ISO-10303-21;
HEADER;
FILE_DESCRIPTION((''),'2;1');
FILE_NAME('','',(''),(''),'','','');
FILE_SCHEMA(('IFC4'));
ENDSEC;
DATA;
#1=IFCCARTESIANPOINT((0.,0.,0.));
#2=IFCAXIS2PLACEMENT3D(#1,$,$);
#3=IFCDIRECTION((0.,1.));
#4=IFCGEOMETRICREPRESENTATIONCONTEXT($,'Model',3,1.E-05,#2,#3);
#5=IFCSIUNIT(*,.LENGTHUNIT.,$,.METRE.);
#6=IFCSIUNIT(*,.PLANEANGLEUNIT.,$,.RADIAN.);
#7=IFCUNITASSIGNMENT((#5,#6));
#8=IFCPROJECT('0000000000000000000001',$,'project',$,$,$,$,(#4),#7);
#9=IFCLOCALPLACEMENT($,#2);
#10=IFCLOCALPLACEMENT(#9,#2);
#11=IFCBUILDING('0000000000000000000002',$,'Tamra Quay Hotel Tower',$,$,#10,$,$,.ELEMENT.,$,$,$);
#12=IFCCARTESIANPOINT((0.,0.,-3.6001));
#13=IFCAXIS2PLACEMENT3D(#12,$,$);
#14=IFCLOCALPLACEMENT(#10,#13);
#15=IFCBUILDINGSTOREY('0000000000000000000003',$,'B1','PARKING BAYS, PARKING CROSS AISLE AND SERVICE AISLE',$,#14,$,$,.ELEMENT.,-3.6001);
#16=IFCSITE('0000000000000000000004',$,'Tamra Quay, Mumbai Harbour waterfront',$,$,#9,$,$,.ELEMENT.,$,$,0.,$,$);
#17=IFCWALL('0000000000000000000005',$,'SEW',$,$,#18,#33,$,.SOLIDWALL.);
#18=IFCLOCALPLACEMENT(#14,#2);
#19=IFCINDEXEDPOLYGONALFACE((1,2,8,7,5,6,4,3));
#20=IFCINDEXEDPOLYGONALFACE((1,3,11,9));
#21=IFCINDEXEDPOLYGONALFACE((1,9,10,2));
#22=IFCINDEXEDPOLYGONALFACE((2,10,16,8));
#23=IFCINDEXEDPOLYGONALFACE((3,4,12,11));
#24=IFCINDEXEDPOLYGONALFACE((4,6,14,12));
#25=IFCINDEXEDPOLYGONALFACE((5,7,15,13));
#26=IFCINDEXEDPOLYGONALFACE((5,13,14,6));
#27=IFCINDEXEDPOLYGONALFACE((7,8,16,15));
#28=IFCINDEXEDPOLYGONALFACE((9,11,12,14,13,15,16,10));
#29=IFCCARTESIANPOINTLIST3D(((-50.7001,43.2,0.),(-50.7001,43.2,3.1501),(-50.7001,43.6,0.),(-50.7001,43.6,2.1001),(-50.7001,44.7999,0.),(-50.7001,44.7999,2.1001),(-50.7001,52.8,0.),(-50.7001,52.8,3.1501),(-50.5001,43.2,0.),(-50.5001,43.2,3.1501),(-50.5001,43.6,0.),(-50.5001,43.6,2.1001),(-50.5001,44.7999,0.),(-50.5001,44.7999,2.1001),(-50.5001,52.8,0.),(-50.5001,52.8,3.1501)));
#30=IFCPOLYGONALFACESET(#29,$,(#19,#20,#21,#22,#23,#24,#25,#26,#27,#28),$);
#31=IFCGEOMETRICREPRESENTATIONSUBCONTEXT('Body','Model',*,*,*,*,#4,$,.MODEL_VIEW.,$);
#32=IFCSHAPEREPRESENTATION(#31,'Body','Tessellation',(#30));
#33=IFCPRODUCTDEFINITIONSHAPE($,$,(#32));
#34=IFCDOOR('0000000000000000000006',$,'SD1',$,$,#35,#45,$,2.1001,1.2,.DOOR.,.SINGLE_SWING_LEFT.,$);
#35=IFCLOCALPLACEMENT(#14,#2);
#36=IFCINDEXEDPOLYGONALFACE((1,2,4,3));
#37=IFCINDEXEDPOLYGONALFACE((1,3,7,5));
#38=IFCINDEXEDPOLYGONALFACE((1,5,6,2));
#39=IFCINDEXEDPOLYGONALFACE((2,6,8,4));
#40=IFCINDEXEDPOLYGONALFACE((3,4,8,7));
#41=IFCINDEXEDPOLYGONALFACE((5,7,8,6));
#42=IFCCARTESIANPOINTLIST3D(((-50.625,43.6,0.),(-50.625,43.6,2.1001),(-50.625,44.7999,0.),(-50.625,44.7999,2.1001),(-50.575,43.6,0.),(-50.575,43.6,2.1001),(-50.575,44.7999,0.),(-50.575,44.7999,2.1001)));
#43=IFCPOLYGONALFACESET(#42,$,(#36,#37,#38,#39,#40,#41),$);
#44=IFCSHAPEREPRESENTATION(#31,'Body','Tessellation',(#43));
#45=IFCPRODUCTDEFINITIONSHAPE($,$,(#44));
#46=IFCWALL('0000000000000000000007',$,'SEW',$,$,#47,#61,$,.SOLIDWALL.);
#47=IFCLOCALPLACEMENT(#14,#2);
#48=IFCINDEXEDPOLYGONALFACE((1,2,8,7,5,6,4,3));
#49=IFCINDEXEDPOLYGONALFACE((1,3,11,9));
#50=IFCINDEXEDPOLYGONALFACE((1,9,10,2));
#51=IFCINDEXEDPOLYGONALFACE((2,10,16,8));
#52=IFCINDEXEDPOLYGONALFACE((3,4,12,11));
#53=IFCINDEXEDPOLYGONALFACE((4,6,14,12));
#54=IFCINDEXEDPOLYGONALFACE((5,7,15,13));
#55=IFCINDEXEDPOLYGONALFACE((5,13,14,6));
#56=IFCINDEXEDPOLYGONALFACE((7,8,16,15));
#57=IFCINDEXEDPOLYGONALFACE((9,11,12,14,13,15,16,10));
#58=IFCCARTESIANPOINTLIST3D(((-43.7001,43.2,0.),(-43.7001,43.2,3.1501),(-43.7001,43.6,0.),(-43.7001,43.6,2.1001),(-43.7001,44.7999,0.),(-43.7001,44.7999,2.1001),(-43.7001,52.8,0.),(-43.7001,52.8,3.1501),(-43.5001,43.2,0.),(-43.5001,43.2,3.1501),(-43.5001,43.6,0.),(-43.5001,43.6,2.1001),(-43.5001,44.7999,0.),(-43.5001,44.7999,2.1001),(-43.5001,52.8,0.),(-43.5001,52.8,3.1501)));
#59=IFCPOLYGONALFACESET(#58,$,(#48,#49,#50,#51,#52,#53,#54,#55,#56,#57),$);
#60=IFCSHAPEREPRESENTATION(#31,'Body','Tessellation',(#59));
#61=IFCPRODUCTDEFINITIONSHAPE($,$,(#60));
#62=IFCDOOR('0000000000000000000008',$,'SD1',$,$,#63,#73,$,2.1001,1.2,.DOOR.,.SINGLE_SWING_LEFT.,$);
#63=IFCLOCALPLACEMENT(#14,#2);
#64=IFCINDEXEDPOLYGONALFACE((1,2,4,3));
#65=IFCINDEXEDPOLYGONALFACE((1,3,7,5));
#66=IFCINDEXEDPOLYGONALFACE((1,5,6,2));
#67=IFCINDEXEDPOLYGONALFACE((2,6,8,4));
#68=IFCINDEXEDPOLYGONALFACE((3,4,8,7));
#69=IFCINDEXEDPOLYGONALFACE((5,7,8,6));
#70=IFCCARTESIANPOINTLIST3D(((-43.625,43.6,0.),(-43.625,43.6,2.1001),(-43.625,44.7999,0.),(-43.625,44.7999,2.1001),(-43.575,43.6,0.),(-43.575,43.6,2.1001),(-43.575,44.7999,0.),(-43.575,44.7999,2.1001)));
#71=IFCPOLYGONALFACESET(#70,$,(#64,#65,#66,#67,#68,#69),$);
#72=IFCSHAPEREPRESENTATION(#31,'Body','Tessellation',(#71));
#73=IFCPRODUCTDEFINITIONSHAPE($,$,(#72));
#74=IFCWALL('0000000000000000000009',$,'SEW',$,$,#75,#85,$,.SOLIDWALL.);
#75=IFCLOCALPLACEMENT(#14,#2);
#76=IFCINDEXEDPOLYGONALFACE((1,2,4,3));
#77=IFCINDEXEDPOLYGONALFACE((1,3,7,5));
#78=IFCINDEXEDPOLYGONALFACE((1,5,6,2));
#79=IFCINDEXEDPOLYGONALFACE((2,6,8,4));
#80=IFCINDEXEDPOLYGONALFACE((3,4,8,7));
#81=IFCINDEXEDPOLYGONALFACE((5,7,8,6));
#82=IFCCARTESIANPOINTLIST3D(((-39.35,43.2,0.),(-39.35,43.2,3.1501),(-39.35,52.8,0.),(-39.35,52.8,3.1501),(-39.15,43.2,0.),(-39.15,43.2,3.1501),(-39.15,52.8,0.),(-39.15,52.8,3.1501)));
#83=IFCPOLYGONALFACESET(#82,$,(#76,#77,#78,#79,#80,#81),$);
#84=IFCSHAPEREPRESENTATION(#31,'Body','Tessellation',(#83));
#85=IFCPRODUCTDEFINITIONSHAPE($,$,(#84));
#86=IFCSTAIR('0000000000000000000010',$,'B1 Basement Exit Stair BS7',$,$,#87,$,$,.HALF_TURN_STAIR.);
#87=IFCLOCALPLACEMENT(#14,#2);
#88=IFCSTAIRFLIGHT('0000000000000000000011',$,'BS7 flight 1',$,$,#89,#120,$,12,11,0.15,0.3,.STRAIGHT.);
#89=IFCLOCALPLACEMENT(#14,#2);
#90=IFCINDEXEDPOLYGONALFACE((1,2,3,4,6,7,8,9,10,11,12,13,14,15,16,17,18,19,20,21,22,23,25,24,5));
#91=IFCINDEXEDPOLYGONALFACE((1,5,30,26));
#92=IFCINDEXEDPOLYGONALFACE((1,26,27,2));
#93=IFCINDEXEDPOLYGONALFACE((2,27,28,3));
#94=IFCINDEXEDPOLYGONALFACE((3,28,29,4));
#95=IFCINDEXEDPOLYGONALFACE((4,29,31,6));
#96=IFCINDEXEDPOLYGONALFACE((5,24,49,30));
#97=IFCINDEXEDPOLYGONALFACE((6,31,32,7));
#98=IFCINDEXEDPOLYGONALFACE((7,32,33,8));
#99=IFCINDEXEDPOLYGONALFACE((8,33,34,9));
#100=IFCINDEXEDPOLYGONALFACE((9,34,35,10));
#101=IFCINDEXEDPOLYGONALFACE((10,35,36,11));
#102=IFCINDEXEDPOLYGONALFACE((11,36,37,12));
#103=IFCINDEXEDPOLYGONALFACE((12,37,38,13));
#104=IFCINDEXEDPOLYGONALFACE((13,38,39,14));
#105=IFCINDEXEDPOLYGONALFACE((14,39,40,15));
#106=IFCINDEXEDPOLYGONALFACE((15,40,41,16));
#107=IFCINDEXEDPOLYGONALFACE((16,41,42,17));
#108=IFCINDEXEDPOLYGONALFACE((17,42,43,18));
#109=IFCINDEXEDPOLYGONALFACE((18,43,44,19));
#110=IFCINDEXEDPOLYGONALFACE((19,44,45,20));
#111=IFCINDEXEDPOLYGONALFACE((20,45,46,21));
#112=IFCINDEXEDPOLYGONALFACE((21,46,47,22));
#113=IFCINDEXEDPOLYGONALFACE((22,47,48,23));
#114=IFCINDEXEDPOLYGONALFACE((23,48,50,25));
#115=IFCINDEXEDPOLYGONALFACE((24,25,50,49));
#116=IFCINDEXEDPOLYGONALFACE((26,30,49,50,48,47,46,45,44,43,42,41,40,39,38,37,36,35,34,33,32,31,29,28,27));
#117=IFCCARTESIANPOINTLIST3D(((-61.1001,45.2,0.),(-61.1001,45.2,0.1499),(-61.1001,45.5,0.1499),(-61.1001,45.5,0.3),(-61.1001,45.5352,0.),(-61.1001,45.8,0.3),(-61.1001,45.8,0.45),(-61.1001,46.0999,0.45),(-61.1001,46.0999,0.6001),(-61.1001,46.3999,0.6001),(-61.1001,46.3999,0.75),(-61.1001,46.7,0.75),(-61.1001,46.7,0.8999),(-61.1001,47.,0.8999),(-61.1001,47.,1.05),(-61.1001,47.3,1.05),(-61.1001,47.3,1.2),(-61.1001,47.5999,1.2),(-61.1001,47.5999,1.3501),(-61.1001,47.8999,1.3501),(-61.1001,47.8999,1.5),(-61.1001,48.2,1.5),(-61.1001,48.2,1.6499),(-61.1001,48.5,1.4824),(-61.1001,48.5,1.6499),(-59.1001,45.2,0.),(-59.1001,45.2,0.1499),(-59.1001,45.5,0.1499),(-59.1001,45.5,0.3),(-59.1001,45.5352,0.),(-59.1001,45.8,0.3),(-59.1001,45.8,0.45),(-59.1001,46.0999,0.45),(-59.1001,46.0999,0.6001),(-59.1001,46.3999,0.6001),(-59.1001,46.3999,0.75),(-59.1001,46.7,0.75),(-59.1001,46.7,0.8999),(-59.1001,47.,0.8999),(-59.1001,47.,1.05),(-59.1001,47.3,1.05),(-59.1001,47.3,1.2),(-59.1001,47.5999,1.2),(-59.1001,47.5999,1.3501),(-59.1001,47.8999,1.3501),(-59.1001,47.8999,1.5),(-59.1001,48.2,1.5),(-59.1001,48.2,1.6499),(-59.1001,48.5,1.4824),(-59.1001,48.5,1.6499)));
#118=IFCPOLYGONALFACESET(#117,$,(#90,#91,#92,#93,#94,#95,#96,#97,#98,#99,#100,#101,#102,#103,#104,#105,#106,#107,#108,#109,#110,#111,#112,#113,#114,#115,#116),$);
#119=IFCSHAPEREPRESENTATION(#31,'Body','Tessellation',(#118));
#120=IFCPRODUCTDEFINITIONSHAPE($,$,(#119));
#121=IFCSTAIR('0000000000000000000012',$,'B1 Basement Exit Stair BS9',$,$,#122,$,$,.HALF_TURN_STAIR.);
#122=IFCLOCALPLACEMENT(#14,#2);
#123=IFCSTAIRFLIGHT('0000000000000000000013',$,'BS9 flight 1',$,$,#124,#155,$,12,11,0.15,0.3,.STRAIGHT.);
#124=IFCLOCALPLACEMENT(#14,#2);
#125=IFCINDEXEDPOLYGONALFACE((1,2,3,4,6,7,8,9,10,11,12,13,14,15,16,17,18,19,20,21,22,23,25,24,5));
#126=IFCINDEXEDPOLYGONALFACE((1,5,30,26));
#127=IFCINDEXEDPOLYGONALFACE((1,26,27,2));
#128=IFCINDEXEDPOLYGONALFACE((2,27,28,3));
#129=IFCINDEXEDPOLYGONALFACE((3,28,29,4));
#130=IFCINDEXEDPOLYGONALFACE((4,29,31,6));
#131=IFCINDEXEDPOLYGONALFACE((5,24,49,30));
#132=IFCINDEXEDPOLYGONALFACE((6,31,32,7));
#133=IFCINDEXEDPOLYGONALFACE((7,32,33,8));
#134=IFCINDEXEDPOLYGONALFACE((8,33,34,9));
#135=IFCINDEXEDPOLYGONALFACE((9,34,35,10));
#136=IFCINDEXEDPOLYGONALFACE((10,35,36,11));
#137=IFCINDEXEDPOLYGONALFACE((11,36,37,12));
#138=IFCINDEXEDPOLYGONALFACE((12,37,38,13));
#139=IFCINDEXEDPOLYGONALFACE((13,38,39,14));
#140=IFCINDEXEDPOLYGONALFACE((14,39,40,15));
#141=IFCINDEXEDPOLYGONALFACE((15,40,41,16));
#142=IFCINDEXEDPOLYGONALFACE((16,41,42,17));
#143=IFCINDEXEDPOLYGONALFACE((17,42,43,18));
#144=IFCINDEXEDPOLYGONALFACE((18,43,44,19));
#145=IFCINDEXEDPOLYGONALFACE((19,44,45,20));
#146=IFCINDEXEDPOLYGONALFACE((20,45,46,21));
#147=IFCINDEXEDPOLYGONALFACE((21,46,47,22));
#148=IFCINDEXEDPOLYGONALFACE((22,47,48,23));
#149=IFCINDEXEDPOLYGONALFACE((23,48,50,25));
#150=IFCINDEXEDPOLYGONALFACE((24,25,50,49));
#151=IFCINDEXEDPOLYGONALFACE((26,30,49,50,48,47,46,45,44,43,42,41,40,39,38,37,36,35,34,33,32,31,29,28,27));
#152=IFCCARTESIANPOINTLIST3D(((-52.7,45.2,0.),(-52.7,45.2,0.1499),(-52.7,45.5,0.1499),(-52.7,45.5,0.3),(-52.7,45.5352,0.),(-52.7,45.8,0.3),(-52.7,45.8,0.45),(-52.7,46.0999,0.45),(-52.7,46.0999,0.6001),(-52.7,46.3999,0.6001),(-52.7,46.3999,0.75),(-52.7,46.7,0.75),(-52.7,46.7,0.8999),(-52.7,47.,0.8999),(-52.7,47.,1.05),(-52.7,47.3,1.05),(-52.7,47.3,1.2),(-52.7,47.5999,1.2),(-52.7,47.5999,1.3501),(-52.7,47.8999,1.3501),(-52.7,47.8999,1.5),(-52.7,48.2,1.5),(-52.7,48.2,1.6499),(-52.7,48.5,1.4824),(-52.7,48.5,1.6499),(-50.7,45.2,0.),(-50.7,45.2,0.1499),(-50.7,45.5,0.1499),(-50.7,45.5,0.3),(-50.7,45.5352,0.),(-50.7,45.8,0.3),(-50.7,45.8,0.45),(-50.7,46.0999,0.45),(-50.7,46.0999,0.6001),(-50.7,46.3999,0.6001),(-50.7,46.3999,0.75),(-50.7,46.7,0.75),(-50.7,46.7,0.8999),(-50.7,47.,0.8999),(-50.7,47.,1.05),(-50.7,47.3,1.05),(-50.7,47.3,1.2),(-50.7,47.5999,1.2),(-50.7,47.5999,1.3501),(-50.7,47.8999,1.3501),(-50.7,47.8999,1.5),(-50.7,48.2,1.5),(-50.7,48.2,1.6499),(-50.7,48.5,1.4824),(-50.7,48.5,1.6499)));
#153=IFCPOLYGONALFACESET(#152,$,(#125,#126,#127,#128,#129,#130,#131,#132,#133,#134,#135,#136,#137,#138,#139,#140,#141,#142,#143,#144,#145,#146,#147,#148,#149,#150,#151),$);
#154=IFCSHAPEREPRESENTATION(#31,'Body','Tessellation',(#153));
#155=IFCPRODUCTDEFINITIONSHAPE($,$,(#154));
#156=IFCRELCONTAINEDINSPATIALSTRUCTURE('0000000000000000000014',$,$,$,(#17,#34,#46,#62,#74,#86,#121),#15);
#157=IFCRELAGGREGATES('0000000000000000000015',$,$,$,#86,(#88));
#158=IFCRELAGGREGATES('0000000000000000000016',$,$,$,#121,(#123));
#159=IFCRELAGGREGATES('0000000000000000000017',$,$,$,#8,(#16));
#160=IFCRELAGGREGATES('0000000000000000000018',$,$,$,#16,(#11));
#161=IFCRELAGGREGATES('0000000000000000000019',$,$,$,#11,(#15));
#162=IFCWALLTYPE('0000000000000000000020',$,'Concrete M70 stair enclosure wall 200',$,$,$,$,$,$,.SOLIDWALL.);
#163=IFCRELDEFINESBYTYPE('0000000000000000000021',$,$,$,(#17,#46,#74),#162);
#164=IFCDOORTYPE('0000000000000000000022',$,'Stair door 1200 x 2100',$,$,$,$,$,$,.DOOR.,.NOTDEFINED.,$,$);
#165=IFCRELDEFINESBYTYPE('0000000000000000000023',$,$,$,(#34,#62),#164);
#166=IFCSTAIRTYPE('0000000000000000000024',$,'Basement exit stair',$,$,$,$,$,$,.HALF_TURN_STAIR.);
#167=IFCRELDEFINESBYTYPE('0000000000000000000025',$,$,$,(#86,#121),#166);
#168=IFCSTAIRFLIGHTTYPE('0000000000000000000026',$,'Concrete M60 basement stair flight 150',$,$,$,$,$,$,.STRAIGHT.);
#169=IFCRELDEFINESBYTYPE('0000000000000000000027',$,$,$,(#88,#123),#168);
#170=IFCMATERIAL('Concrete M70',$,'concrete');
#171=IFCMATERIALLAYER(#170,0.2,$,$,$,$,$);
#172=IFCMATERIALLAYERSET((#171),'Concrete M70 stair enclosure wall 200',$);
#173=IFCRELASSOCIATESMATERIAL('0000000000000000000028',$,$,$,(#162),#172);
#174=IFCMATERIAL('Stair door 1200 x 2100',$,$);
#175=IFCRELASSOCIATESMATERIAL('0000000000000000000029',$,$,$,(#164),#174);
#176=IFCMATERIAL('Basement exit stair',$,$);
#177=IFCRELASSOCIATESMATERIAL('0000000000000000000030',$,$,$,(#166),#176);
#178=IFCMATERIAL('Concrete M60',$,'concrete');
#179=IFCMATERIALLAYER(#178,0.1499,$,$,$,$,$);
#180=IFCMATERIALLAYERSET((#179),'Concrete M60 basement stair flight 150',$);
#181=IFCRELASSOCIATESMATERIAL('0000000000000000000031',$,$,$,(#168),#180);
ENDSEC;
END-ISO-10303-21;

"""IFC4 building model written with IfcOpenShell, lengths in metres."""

from ifc_helpers import new_model, si_unit, direction, frame, frame_2d, origin, place, context, subcontext, project, spatial, polyline, rectangle, outline, extrude, material, layer, layer_set, type_object, element, fill, aggregate, save


model = new_model("IFC4")

# Units and contexts
model_context = context("Model", 3, precision=1e-05, world=origin(), true_north=direction((0.0, 1.0)))
body_context = subcontext(model_context, "Body", "Model", "MODEL_VIEW")
ifc_project = project(units=[si_unit("LENGTHUNIT", "METRE"), si_unit("PLANEANGLEUNIT", "RADIAN")], contexts=[model_context])

# Site, building, storey
site_placement = place(None, origin())
site = spatial("IfcSite", under=ifc_project, at=site_placement, Name="Tamra Quay, Mumbai Harbour waterfront", CompositionType="ELEMENT", RefElevation=0.0)
building_placement = place(site_placement, origin())
building = spatial("IfcBuilding", under=site, at=building_placement, Name="Tamra Quay Hotel Tower", CompositionType="ELEMENT")
storey_placement = place(building_placement, frame((0.0, 0.0, -3.6001)))
storey = spatial("IfcBuildingStorey", under=building, at=storey_placement, Name="B1", Description="PARKING BAYS, PARKING CROSS AISLE AND SERVICE AISLE", CompositionType="ELEMENT", Elevation=-3.6001)

# Shared definitions
ifc_material_1 = material(Name="Concrete M70", Category="concrete")
ifc_layer_1 = layer(ifc_material_1, 0.2)
ifc_layer_set_1 = layer_set([ifc_layer_1], Name="Concrete M70 stair enclosure wall 200")
wall_type_1 = type_object("IfcWallType", Name="Concrete M70 stair enclosure wall 200", PredefinedType="SOLIDWALL", material=ifc_layer_set_1)
ifc_material_2 = material(Name="Stair door 1200 x 2100")
door_type = type_object("IfcDoorType", Name="Stair door 1200 x 2100", OperationType="NOTDEFINED", PredefinedType="DOOR", material=ifc_material_2)

# Walls, openings, doors
wall_1_placement = place(storey_placement, frame((-50.6001, 43.2, 0.0), z_axis=(0.0, 0.0, 1.0), x_axis=(0.0, 1.0, 0.0)))
wall_1 = element("IfcWall", 1, at=wall_1_placement, inside=storey, type_object=wall_type_1, Name="SEW", PredefinedType="SOLIDWALL", context=body_context, shape_type="SweptSolid", body=[
    extrude(rectangle(XDim=9.6001, YDim=0.2, at=frame_2d((4.8, 0.0))), origin(), (0.0, 0.0, 1.0), 3.1501),
])
opening_1_placement = place(wall_1_placement, frame((0.3999, 0.0, 0.0)))
opening_1 = element("IfcOpeningElement", 2, at=opening_1_placement, cuts=wall_1, PredefinedType="OPENING", context=body_context, shape_type="SweptSolid", body=[
    extrude(rectangle(XDim=1.2, YDim=2.1001, at=frame_2d((0.6001, 1.05))), frame((0.0, 0.1099, 0.0), z_axis=(0.0, -1.0, 0.0), x_axis=(1.0, 0.0, 0.0)), (0.0, 0.0, 1.0), 0.22),
])
door_1_placement = place(opening_1_placement, origin())
door_1 = element("IfcDoor", 3, at=door_1_placement, inside=storey, type_object=door_type, Name="SD1", OperationType="SINGLE_SWING_LEFT", OverallHeight=2.1001, OverallWidth=1.2, PredefinedType="DOOR", context=body_context, shape_type="SweptSolid", body=[
    extrude(rectangle(XDim=1.2, YDim=2.1001, at=frame_2d((0.6001, 1.05))), frame((0.0, 0.0249, 0.0), z_axis=(0.0, -1.0, 0.0), x_axis=(1.0, 0.0, 0.0)), (0.0, 0.0, 1.0), 0.05),
])
fill(opening_1, door_1)
wall_2_placement = place(storey_placement, frame((-43.6001, 43.2, 0.0), z_axis=(0.0, 0.0, 1.0), x_axis=(0.0, 1.0, 0.0)))
wall_2 = element("IfcWall", 4, at=wall_2_placement, inside=storey, type_object=wall_type_1, Name="SEW", PredefinedType="SOLIDWALL", context=body_context, shape_type="SweptSolid", body=[
    extrude(rectangle(XDim=9.6001, YDim=0.2, at=frame_2d((4.8, 0.0))), origin(), (0.0, 0.0, 1.0), 3.1501),
])
opening_2_placement = place(wall_2_placement, frame((0.3999, 0.0, 0.0)))
opening_2 = element("IfcOpeningElement", 5, at=opening_2_placement, cuts=wall_2, PredefinedType="OPENING", context=body_context, shape_type="SweptSolid", body=[
    extrude(rectangle(XDim=1.2, YDim=2.1001, at=frame_2d((0.6001, 1.05))), frame((0.0, 0.1099, 0.0), z_axis=(0.0, -1.0, 0.0), x_axis=(1.0, 0.0, 0.0)), (0.0, 0.0, 1.0), 0.22),
])
door_2_placement = place(opening_2_placement, origin())
door_2 = element("IfcDoor", 6, at=door_2_placement, inside=storey, type_object=door_type, Name="SD1", OperationType="SINGLE_SWING_LEFT", OverallHeight=2.1001, OverallWidth=1.2, PredefinedType="DOOR", context=body_context, shape_type="SweptSolid", body=[
    extrude(rectangle(XDim=1.2, YDim=2.1001, at=frame_2d((0.6001, 1.05))), frame((0.0, 0.0249, 0.0), z_axis=(0.0, -1.0, 0.0), x_axis=(1.0, 0.0, 0.0)), (0.0, 0.0, 1.0), 0.05),
])
fill(opening_2, door_2)

# Wall
wall_3_placement = place(storey_placement, frame((-39.25, 43.2, 0.0), z_axis=(0.0, 0.0, 1.0), x_axis=(0.0, 1.0, 0.0)))
element("IfcWall", 7, at=wall_3_placement, inside=storey, type_object=wall_type_1, Name="SEW", PredefinedType="SOLIDWALL", context=body_context, shape_type="SweptSolid", body=[
    extrude(rectangle(XDim=9.6001, YDim=0.2, at=frame_2d((4.8, 0.0))), origin(), (0.0, 0.0, 1.0), 3.1501),
])

# Stairs, stair flights
ifc_material_3 = material(Name="Basement exit stair")
stair_type = type_object("IfcStairType", Name="Basement exit stair", PredefinedType="HALF_TURN_STAIR", material=ifc_material_3)
stair_1_placement = place(storey_placement, origin())
stair_1 = element("IfcStair", 8, at=stair_1_placement, inside=storey, type_object=stair_type, Name="B1 Basement Exit Stair BS7", PredefinedType="HALF_TURN_STAIR")
ifc_material_4 = material(Name="Concrete M60", Category="concrete")
ifc_layer_2 = layer(ifc_material_4, 0.1499)
ifc_layer_set_2 = layer_set([ifc_layer_2], Name="Concrete M60 basement stair flight 150")
stair_flight_type = type_object("IfcStairFlightType", Name="Concrete M60 basement stair flight 150", PredefinedType="STRAIGHT", material=ifc_layer_set_2)
stair_flight_1_placement = place(storey_placement, frame((-60.1001, 45.2, 0.0), z_axis=(0.0, 0.0, 1.0), x_axis=(0.0, 1.0, 0.0)))
stair_flight_1 = element("IfcStairFlight", 9, at=stair_flight_1_placement, type_object=stair_flight_type, Name="BS7 flight 1", NumberOfRisers=12, NumberOfTreads=11, PredefinedType="STRAIGHT", RiserHeight=0.15, TreadLength=0.3, context=body_context, shape_type="SweptSolid", body=[
    extrude(outline(polyline([(0.0, 0.0), (0.0, 0.1499), (0.3, 0.1499), (0.3, 0.3), (0.6001, 0.3), (0.6001, 0.45), (0.8999, 0.45), (0.8999, 0.6001), (1.2, 0.6001), (1.2, 0.75), (1.5, 0.75), (1.5, 0.8999), (1.8, 0.8999), (1.8, 1.05), (2.1001, 1.05), (2.1001, 1.2), (2.3999, 1.2), (2.3999, 1.3501), (2.7, 1.3501), (2.7, 1.5), (3.0, 1.5), (3.0, 1.6499), (3.3, 1.6499), (3.3, 1.8), (3.3, 1.4824), (0.3352, 0.0), (0.0, 0.0)])), frame((0.0, 1.0, 0.0), z_axis=(0.0, -1.0, 0.0), x_axis=(1.0, 0.0, 0.0)), (0.0, 0.0, 1.0), 2.0),
])
aggregate(stair_1, [stair_flight_1])
stair_2_placement = place(storey_placement, origin())
stair_2 = element("IfcStair", 10, at=stair_2_placement, inside=storey, type_object=stair_type, Name="B1 Basement Exit Stair BS9", PredefinedType="HALF_TURN_STAIR")
stair_flight_2_placement = place(storey_placement, frame((-51.7, 45.2, 0.0), z_axis=(0.0, 0.0, 1.0), x_axis=(0.0, 1.0, 0.0)))
stair_flight_2 = element("IfcStairFlight", 11, at=stair_flight_2_placement, type_object=stair_flight_type, Name="BS9 flight 1", NumberOfRisers=12, NumberOfTreads=11, PredefinedType="STRAIGHT", RiserHeight=0.15, TreadLength=0.3, context=body_context, shape_type="SweptSolid", body=[
    extrude(outline(polyline([(0.0, 0.0), (0.0, 0.1499), (0.3, 0.1499), (0.3, 0.3), (0.6001, 0.3), (0.6001, 0.45), (0.8999, 0.45), (0.8999, 0.6001), (1.2, 0.6001), (1.2, 0.75), (1.5, 0.75), (1.5, 0.8999), (1.8, 0.8999), (1.8, 1.05), (2.1001, 1.05), (2.1001, 1.2), (2.3999, 1.2), (2.3999, 1.3501), (2.7, 1.3501), (2.7, 1.5), (3.0, 1.5), (3.0, 1.6499), (3.3, 1.6499), (3.3, 1.8), (3.3, 1.4824), (0.3352, 0.0), (0.0, 0.0)])), frame((0.0, 1.0, 0.0), z_axis=(0.0, -1.0, 0.0), x_axis=(1.0, 0.0, 0.0)), (0.0, 0.0, 1.0), 2.0),
])
aggregate(stair_2, [stair_flight_2])

save(model, "model.ifc")
